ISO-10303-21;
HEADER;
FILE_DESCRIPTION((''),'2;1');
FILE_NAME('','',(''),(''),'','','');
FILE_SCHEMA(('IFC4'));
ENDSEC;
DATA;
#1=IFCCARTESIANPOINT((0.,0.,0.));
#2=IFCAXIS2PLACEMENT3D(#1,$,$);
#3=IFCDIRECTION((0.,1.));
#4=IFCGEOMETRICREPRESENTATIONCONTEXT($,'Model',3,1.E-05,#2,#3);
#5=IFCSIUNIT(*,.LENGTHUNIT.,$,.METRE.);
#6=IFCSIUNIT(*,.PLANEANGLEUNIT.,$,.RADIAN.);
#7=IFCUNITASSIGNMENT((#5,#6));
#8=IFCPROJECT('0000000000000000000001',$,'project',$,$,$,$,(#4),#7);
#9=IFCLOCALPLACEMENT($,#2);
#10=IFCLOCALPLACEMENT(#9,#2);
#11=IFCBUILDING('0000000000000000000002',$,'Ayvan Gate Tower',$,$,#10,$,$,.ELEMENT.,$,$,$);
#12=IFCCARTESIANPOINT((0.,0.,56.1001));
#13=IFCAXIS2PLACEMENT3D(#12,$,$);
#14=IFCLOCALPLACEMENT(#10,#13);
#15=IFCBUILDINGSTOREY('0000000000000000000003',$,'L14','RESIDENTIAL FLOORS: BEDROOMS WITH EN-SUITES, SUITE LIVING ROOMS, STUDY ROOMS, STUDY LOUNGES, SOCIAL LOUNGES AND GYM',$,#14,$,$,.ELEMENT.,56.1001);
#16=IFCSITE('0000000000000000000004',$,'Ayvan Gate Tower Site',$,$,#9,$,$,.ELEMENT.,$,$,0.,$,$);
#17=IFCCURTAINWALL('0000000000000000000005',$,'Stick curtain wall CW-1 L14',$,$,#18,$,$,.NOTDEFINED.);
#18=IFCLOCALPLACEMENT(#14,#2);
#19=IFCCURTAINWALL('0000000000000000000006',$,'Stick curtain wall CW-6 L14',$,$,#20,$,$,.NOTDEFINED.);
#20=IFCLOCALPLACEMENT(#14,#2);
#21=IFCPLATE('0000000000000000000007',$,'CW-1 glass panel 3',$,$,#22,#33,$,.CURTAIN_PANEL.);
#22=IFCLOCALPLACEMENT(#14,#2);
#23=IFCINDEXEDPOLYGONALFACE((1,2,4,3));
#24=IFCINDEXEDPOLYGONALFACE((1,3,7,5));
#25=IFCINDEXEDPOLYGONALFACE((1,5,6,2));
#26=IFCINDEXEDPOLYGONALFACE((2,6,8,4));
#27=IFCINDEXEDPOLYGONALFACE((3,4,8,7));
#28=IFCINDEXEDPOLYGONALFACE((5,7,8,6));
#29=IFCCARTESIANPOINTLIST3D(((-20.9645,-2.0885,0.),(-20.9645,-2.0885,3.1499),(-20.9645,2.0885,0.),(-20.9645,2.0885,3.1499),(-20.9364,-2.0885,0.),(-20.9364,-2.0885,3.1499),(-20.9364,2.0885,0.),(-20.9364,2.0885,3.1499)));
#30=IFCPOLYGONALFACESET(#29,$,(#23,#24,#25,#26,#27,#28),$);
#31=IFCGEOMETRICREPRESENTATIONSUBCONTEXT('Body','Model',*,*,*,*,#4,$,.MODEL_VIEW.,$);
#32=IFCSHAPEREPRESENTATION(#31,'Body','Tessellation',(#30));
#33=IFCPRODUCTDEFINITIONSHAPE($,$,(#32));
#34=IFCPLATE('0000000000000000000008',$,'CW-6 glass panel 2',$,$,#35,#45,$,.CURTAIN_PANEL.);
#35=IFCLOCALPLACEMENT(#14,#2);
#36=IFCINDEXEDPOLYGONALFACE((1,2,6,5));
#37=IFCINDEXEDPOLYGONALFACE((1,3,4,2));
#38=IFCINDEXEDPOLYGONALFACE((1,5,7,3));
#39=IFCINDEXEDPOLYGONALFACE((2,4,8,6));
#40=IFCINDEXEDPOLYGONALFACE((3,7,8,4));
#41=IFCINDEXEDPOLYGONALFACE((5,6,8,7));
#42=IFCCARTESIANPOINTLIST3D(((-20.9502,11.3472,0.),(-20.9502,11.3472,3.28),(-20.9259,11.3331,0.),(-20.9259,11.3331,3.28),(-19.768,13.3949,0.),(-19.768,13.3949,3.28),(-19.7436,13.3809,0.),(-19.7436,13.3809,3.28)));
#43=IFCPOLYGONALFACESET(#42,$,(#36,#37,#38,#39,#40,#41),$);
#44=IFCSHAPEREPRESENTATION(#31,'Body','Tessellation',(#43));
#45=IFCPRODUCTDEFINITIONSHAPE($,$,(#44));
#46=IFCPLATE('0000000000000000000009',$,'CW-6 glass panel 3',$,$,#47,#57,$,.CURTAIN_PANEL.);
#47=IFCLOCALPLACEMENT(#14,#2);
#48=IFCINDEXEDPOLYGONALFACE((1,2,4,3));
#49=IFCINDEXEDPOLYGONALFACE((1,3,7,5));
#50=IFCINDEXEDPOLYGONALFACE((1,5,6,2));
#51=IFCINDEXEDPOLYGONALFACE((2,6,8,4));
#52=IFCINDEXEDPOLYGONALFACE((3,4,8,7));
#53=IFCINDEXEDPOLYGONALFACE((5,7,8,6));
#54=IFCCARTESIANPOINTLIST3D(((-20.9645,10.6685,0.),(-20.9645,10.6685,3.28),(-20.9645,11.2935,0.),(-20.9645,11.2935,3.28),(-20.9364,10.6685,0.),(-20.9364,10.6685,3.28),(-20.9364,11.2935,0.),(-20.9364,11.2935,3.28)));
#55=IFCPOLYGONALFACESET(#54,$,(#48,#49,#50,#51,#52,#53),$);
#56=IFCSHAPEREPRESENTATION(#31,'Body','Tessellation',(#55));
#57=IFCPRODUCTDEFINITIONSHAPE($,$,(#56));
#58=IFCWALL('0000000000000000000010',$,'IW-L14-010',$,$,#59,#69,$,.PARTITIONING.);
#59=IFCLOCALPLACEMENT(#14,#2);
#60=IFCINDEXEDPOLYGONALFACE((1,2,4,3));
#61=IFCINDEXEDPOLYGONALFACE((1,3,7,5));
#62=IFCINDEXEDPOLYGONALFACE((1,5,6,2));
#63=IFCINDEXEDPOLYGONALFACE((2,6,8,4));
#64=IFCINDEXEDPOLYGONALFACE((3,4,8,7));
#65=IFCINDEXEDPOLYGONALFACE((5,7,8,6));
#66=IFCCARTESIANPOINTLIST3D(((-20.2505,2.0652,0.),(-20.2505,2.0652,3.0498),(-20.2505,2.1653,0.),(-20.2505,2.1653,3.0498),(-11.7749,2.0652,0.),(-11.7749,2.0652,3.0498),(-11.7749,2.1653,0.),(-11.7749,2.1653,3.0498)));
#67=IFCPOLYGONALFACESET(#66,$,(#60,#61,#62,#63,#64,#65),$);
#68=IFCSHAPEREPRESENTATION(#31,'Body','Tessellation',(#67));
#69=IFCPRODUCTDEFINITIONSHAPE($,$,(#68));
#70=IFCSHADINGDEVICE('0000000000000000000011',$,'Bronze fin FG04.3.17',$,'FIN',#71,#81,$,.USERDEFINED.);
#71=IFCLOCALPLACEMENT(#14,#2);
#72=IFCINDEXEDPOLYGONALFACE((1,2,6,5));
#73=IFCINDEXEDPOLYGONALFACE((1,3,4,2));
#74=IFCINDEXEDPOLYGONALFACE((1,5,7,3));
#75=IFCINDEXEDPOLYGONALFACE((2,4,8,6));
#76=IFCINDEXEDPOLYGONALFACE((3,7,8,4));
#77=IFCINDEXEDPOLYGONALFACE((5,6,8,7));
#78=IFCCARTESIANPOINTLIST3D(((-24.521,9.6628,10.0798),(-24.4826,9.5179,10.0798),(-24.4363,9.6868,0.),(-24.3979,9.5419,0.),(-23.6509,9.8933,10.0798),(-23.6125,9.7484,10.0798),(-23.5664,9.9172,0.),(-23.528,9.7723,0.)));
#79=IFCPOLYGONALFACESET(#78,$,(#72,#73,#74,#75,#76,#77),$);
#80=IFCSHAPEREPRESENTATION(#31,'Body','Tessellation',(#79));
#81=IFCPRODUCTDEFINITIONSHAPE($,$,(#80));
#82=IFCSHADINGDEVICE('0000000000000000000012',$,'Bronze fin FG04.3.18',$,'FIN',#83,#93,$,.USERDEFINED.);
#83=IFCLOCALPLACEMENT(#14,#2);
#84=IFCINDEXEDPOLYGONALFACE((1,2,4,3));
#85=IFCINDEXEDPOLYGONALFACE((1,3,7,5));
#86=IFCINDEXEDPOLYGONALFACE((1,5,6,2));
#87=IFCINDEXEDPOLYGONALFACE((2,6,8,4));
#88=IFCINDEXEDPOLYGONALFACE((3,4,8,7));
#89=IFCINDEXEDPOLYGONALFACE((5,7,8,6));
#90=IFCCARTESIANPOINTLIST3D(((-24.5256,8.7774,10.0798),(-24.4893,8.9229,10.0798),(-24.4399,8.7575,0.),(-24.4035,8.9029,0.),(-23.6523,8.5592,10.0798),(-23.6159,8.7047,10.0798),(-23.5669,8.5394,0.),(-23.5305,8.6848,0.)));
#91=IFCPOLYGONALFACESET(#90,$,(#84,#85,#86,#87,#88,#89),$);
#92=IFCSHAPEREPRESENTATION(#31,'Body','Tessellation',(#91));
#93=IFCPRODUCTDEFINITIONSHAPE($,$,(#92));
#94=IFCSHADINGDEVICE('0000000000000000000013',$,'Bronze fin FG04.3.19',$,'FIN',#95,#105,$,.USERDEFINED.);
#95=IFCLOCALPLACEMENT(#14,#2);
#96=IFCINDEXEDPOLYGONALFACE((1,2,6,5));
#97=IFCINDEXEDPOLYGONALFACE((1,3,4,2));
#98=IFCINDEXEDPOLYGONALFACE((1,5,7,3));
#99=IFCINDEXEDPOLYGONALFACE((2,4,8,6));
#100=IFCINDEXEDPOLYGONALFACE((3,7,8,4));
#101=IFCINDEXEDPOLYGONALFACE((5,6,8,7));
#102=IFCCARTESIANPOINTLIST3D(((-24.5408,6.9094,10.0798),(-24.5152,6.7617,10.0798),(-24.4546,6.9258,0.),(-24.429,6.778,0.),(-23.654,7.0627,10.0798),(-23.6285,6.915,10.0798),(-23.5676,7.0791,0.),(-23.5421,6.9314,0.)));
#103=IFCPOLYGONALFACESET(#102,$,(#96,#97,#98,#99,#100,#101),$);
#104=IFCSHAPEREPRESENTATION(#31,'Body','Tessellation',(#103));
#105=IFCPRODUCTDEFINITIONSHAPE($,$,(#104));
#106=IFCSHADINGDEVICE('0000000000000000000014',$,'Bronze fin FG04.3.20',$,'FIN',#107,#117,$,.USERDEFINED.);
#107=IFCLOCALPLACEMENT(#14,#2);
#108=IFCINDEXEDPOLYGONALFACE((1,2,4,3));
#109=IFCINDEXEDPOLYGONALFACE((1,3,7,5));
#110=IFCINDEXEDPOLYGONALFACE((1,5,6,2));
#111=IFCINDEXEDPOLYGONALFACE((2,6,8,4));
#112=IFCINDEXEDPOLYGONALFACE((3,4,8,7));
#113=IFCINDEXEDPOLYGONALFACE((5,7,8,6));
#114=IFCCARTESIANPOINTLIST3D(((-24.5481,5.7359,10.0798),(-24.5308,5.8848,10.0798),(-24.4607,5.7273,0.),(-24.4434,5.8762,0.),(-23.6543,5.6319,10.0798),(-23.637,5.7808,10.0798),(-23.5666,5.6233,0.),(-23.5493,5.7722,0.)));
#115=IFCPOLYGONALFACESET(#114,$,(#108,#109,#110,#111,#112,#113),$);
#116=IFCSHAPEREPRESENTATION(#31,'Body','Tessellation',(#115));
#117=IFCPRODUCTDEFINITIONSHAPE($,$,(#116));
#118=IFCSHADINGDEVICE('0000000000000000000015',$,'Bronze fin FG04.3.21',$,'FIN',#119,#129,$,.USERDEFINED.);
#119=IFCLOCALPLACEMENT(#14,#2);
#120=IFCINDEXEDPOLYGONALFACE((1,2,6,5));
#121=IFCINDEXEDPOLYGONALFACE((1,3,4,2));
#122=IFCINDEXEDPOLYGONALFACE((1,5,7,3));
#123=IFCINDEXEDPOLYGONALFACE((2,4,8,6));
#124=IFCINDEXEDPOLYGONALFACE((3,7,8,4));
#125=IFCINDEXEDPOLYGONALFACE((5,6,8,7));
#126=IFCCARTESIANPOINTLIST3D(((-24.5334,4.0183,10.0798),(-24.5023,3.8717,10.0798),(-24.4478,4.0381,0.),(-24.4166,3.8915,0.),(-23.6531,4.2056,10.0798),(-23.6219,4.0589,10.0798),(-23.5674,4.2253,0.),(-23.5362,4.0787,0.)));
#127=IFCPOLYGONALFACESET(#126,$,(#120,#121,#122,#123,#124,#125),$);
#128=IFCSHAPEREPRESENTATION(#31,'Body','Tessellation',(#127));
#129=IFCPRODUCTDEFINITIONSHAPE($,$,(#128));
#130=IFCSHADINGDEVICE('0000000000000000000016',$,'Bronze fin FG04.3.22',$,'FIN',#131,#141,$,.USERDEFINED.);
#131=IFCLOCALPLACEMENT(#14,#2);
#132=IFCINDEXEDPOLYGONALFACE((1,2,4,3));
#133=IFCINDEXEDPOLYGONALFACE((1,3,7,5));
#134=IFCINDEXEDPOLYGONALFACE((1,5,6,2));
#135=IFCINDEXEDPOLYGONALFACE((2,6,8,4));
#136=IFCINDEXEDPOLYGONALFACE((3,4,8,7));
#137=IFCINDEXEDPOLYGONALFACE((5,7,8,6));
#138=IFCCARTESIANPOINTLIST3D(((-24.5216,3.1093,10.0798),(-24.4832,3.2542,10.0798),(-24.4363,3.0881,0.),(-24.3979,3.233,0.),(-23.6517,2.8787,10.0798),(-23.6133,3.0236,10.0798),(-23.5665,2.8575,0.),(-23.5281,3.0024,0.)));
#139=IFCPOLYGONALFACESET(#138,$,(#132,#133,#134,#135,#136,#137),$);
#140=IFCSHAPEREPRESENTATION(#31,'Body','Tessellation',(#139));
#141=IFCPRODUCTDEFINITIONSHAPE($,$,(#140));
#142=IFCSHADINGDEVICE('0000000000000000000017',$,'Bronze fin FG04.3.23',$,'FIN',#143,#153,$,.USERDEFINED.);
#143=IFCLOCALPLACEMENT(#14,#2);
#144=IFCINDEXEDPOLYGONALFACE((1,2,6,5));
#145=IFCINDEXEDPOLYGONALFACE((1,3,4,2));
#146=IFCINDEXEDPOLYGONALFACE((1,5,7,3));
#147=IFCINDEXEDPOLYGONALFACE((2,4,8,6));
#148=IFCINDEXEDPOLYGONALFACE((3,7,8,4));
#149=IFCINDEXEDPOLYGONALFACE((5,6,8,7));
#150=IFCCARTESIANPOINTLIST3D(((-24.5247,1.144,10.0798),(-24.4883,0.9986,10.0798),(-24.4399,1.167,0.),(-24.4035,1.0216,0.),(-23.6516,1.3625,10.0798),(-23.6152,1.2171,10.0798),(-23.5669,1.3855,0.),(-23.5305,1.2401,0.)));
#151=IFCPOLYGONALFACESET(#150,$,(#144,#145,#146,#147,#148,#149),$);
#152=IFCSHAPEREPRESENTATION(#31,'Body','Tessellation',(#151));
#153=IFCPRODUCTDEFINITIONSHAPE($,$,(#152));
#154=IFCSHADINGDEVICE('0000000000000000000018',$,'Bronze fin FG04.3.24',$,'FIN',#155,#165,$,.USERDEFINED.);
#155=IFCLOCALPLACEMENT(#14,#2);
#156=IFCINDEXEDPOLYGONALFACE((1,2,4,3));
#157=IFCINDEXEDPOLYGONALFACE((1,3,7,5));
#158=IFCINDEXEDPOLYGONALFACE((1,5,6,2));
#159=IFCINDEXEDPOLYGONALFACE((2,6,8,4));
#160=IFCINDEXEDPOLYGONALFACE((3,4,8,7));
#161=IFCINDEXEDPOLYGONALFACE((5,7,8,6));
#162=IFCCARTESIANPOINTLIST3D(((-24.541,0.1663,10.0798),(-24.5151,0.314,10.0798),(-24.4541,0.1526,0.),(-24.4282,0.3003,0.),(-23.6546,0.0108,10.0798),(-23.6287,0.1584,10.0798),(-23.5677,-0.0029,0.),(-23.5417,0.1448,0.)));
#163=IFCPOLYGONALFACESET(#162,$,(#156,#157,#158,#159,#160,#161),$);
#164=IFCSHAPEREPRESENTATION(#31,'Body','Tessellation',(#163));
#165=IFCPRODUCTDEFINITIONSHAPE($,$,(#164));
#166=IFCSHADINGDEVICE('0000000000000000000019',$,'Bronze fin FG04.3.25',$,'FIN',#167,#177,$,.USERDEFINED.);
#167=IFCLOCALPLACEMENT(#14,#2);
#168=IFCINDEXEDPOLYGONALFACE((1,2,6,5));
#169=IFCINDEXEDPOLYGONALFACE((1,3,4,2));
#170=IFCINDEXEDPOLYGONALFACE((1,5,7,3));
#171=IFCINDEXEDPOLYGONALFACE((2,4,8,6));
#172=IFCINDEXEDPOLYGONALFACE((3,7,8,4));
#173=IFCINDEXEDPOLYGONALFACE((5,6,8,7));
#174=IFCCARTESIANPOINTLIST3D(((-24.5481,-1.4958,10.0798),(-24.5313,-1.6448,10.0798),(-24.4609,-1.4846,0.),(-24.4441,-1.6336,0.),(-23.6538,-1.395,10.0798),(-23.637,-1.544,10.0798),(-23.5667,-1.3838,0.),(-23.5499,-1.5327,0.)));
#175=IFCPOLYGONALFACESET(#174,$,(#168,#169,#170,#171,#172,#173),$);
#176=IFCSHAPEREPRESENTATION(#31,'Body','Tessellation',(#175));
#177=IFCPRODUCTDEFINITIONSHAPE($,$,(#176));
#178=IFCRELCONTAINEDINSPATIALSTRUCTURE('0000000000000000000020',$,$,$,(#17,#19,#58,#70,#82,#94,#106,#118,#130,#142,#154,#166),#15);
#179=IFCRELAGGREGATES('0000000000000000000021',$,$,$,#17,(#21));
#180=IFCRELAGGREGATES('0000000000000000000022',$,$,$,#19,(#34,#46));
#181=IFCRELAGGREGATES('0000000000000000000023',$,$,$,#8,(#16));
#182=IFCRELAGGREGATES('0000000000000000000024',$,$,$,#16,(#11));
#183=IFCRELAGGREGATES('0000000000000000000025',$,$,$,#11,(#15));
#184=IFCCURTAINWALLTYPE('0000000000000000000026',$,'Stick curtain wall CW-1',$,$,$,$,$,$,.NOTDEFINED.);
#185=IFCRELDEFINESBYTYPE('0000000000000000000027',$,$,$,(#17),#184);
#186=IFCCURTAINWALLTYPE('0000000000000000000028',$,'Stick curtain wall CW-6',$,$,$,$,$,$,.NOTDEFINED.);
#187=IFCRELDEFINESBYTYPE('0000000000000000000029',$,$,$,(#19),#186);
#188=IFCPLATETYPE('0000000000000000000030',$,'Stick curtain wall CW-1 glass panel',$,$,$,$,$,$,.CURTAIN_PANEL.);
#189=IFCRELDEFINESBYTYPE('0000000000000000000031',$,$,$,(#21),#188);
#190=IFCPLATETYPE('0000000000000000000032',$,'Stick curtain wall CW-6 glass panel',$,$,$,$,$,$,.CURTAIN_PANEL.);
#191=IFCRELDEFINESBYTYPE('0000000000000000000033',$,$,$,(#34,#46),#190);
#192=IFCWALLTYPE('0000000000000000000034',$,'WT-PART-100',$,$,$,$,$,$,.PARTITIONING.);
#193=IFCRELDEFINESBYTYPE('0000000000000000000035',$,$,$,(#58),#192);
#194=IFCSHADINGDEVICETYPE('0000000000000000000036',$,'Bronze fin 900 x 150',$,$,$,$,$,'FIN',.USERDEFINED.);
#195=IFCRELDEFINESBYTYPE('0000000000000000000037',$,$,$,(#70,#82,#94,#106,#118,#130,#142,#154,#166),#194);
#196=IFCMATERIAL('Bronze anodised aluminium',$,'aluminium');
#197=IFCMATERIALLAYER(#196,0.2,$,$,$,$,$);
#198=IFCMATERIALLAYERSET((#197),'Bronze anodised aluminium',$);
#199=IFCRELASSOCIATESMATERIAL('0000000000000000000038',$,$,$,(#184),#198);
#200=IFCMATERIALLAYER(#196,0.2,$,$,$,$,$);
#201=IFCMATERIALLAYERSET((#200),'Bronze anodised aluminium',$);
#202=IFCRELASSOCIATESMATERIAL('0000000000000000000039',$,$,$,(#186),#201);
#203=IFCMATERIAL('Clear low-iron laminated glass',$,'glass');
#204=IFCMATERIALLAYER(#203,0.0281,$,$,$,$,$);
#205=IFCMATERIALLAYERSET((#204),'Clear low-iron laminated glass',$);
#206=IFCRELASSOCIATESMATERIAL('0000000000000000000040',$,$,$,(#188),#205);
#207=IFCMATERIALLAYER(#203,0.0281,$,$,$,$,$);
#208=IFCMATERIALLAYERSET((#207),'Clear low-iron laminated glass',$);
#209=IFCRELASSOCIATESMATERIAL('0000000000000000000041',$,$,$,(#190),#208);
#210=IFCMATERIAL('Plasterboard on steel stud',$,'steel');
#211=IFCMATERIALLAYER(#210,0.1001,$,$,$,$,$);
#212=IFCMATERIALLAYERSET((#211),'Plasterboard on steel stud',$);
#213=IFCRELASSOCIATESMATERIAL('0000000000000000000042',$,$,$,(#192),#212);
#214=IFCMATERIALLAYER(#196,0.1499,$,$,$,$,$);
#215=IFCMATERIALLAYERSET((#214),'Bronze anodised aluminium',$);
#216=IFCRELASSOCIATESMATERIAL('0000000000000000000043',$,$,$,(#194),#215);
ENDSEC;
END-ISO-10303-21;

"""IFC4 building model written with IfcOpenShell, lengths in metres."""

from ifc_helpers import new_model, si_unit, direction, frame, frame_2d, origin, origin_2d, place, context, subcontext, project, spatial, polyline, rectangle, outline, extrude, material, layer, layer_set, type_object, element, aggregate, save


model = new_model("IFC4")

# Units and contexts
model_context = context("Model", 3, precision=1e-05, world=origin(), true_north=direction((0.0, 1.0)))
body_context = subcontext(model_context, "Body", "Model", "MODEL_VIEW")
ifc_project = project(units=[si_unit("LENGTHUNIT", "METRE"), si_unit("PLANEANGLEUNIT", "RADIAN")], contexts=[model_context])

# Site, building, storey
site_placement = place(None, origin())
site = spatial("IfcSite", under=ifc_project, at=site_placement, Name="Ayvan Gate Tower Site", CompositionType="ELEMENT", RefElevation=0.0)
building_placement = place(site_placement, origin())
building = spatial("IfcBuilding", under=site, at=building_placement, Name="Ayvan Gate Tower", CompositionType="ELEMENT")
storey_placement = place(building_placement, frame((0.0, 0.0, 56.1001)))
storey = spatial("IfcBuildingStorey", under=building, at=storey_placement, Name="L14", Description="RESIDENTIAL FLOORS: BEDROOMS WITH EN-SUITES, SUITE LIVING ROOMS, STUDY ROOMS, STUDY LOUNGES, SOCIAL LOUNGES AND GYM", CompositionType="ELEMENT", Elevation=56.1001)

# Curtain walls
ifc_material_1 = material(Name="Bronze anodised aluminium", Category="aluminium")
ifc_layer_1 = layer(ifc_material_1, 0.2)
ifc_layer_set_1 = layer_set([ifc_layer_1], Name="Bronze anodised aluminium")
curtain_wall_type_1 = type_object("IfcCurtainWallType", Name="Stick curtain wall CW-1", PredefinedType="NOTDEFINED", material=ifc_layer_set_1)
curtain_wall_1_placement = place(storey_placement, origin())
curtain_wall_1 = element("IfcCurtainWall", 1, at=curtain_wall_1_placement, inside=storey, type_object=curtain_wall_type_1, Name="Stick curtain wall CW-1 L14", PredefinedType="NOTDEFINED")
ifc_layer_2 = layer(ifc_material_1, 0.2)
ifc_layer_set_2 = layer_set([ifc_layer_2], Name="Bronze anodised aluminium")
curtain_wall_type_2 = type_object("IfcCurtainWallType", Name="Stick curtain wall CW-6", PredefinedType="NOTDEFINED", material=ifc_layer_set_2)
curtain_wall_2_placement = place(storey_placement, origin())
curtain_wall_2 = element("IfcCurtainWall", 2, at=curtain_wall_2_placement, inside=storey, type_object=curtain_wall_type_2, Name="Stick curtain wall CW-6 L14", PredefinedType="NOTDEFINED")

# Plates
ifc_material_2 = material(Name="Clear low-iron laminated glass", Category="glass")
ifc_layer_3 = layer(ifc_material_2, 0.0281)
ifc_layer_set_3 = layer_set([ifc_layer_3], Name="Clear low-iron laminated glass")
plate_type_1 = type_object("IfcPlateType", Name="Stick curtain wall CW-1 glass panel", PredefinedType="CURTAIN_PANEL", material=ifc_layer_set_3)
plate_1_placement = place(storey_placement, frame((-20.9504, 0.0, 0.0), z_axis=(0.0, 0.0, 1.0), x_axis=(0.0, -1.0, 0.0)))
plate_1 = element("IfcPlate", 3, at=plate_1_placement, type_object=plate_type_1, Name="CW-1 glass panel 3", PredefinedType="CURTAIN_PANEL", context=body_context, shape_type="SweptSolid", body=[
    extrude(rectangle(XDim=4.177, YDim=0.0281, at=origin_2d()), origin(), (0.0, 0.0, 1.0), 3.1499),
])
aggregate(curtain_wall_1, [plate_1])
ifc_layer_4 = layer(ifc_material_2, 0.0281)
ifc_layer_set_4 = layer_set([ifc_layer_4], Name="Clear low-iron laminated glass")
plate_type_2 = type_object("IfcPlateType", Name="Stick curtain wall CW-6 glass panel", PredefinedType="CURTAIN_PANEL", material=ifc_layer_set_4)
plate_2_placement = place(storey_placement, frame((-20.3469, 12.364, 0.0), z_axis=(0.0, 0.0, 1.0), x_axis=(-0.5, -0.866025, 0.0)))
plate_2 = element("IfcPlate", 4, at=plate_2_placement, type_object=plate_type_2, Name="CW-6 glass panel 2", PredefinedType="CURTAIN_PANEL", context=body_context, shape_type="SweptSolid", body=[
    extrude(rectangle(XDim=2.3645, YDim=0.0281, at=origin_2d()), origin(), (0.0, 0.0, 1.0), 3.28),
])
plate_3_placement = place(storey_placement, frame((-20.9504, 10.981, 0.0), z_axis=(0.0, 0.0, 1.0), x_axis=(0.0, -1.0, 0.0)))
plate_3 = element("IfcPlate", 5, at=plate_3_placement, type_object=plate_type_2, Name="CW-6 glass panel 3", PredefinedType="CURTAIN_PANEL", context=body_context, shape_type="SweptSolid", body=[
    extrude(rectangle(XDim=0.625, YDim=0.0281, at=origin_2d()), origin(), (0.0, 0.0, 1.0), 3.28),
])
aggregate(curtain_wall_2, [plate_2, plate_3])

# Wall
ifc_material_3 = material(Name="Plasterboard on steel stud", Category="steel")
ifc_layer_5 = layer(ifc_material_3, 0.1001)
ifc_layer_set_5 = layer_set([ifc_layer_5], Name="Plasterboard on steel stud")
wall_type = type_object("IfcWallType", Name="WT-PART-100", PredefinedType="PARTITIONING", material=ifc_layer_set_5)
wall_placement = place(storey_placement, frame((-20.2505, 2.1152, 0.0), z_axis=(0.0, 0.0, 1.0), x_axis=(1.0, 0.0, 0.0)))
element("IfcWall", 6, at=wall_placement, inside=storey, type_object=wall_type, Name="IW-L14-010", PredefinedType="PARTITIONING", context=body_context, shape_type="SweptSolid", body=[
    extrude(rectangle(XDim=8.4756, YDim=0.1001, at=frame_2d((4.2378, 0.0))), origin(), (0.0, 0.0, 1.0), 3.0498),
])

# Shading devices
ifc_layer_6 = layer(ifc_material_1, 0.1499)
ifc_layer_set_6 = layer_set([ifc_layer_6], Name="Bronze anodised aluminium")
shading_device_type = type_object("IfcShadingDeviceType", Name="Bronze fin 900 x 150", ElementType="FIN", PredefinedType="USERDEFINED", material=ifc_layer_set_6)
shading_device_1_placement = place(storey_placement, frame((-23.5664, 9.9172, 0.0), z_axis=(-0.256075, 0.966657, 0.000145), x_axis=(-0.966657, -0.256075, 0.0)))
element("IfcShadingDevice", 7, at=shading_device_1_placement, inside=storey, type_object=shading_device_type, Name="Bronze fin FG04.3.17", ObjectType="FIN", PredefinedType="USERDEFINED", context=body_context, shape_type="SweptSolid", body=[
    extrude(outline(polyline([(0.0, 0.0), (0.8999, 0.0), (0.9879, 10.0798), (0.0878, 10.0798), (0.0, 0.0)])), origin(), (0.0, 0.0, -1.0), 0.1499),
])
shading_device_2_placement = place(storey_placement, frame((-23.5305, 8.6848, 0.0), z_axis=(0.242376, 0.970182, 0.000142), x_axis=(-0.970182, 0.242376, 0.0)))
element("IfcShadingDevice", 8, at=shading_device_2_placement, inside=storey, type_object=shading_device_type, Name="Bronze fin FG04.3.18", ObjectType="FIN", PredefinedType="USERDEFINED", context=body_context, shape_type="SweptSolid", body=[
    extrude(outline(polyline([(0.0, 0.0), (0.8999, 0.0), (0.9878, 10.0798), (0.0877, 10.0798), (0.0, 0.0)])), origin(), (0.0, 0.0, -1.0), 0.1499),
])
shading_device_3_placement = place(storey_placement, frame((-23.5676, 7.0791, 0.0), z_axis=(-0.170357, 0.985382, 0.00014), x_axis=(-0.985382, -0.170357, 0.0)))
element("IfcShadingDevice", 9, at=shading_device_3_placement, inside=storey, type_object=shading_device_type, Name="Bronze fin FG04.3.19", ObjectType="FIN", PredefinedType="USERDEFINED", context=body_context, shape_type="SweptSolid", body=[
    extrude(outline(polyline([(0.0, 0.0), (0.9001, 0.0), (0.9878, 10.0798), (0.0879, 10.0798), (0.0, 0.0)])), origin(), (0.0, 0.0, -1.0), 0.1499),
])
shading_device_4_placement = place(storey_placement, frame((-23.5493, 5.7722, 0.0), z_axis=(0.115566, 0.9933, 0.000161), x_axis=(-0.9933, 0.115566, 0.0)))
element("IfcShadingDevice", 10, at=shading_device_4_placement, inside=storey, type_object=shading_device_type, Name="Bronze fin FG04.3.20", ObjectType="FIN", PredefinedType="USERDEFINED", context=body_context, shape_type="SweptSolid", body=[
    extrude(outline(polyline([(0.0, 0.0), (0.9001, 0.0), (0.9879, 10.0798), (0.088, 10.0798), (0.0, 0.0)])), origin(), (0.0, 0.0, -1.0), 0.1499),
])
shading_device_5_placement = place(storey_placement, frame((-23.5674, 4.2253, 0.0), z_axis=(-0.208047, 0.978119, 0.00015), x_axis=(-0.978119, -0.208047, 0.0)))
element("IfcShadingDevice", 11, at=shading_device_5_placement, inside=storey, type_object=shading_device_type, Name="Bronze fin FG04.3.21", ObjectType="FIN", PredefinedType="USERDEFINED", context=body_context, shape_type="SweptSolid", body=[
    extrude(outline(polyline([(0.0, 0.0), (0.9001, 0.0), (0.988, 10.0798), (0.0879, 10.0798), (0.0, 0.0)])), origin(), (0.0, 0.0, -1.0), 0.1499),
])
shading_device_6_placement = place(storey_placement, frame((-23.5281, 3.0024, 0.0), z_axis=(0.256236, 0.966614, 0.000141), x_axis=(-0.966614, 0.256236, 0.0)))
element("IfcShadingDevice", 12, at=shading_device_6_placement, inside=storey, type_object=shading_device_type, Name="Bronze fin FG04.3.22", ObjectType="FIN", PredefinedType="USERDEFINED", context=body_context, shape_type="SweptSolid", body=[
    extrude(outline(polyline([(0.0, 0.0), (0.8999, 0.0), (0.9877, 10.0798), (0.0877, 10.0798), (0.0, 0.0)])), origin(), (0.0, 0.0, -1.0), 0.1499),
])
shading_device_7_placement = place(storey_placement, frame((-23.5669, 1.3855, 0.0), z_axis=(-0.242791, 0.970079, 0.000168), x_axis=(-0.970079, -0.242791, 0.0)))
element("IfcShadingDevice", 13, at=shading_device_7_placement, inside=storey, type_object=shading_device_type, Name="Bronze fin FG04.3.23", ObjectType="FIN", PredefinedType="USERDEFINED", context=body_context, shape_type="SweptSolid", body=[
    extrude(outline(polyline([(0.0, 0.0), (0.9, 0.0), (0.9877, 10.0798), (0.0878, 10.0798), (0.0, 0.0)])), origin(), (0.0, 0.0, -1.0), 0.1499),
])
shading_device_8_placement = place(storey_placement, frame((-23.5417, 0.1448, 0.0), z_axis=(0.172795, 0.984958, 0.000154), x_axis=(-0.984958, 0.172795, 0.0)))
element("IfcShadingDevice", 14, at=shading_device_8_placement, inside=storey, type_object=shading_device_type, Name="Bronze fin FG04.3.24", ObjectType="FIN", PredefinedType="USERDEFINED", context=body_context, shape_type="SweptSolid", body=[
    extrude(outline(polyline([(0.0, 0.0), (0.9, 0.0), (0.988, 10.0798), (0.088, 10.0798), (0.0, 0.0)])), origin(), (0.0, 0.0, -1.0), 0.1499),
])
shading_device_9_placement = place(storey_placement, frame((-23.5667, -1.3838, 0.0), z_axis=(-0.112039, 0.993704, 0.000138), x_axis=(-0.993704, -0.112039, 0.0)))
element("IfcShadingDevice", 15, at=shading_device_9_placement, inside=storey, type_object=shading_device_type, Name="Bronze fin FG04.3.25", ObjectType="FIN", PredefinedType="USERDEFINED", context=body_context, shape_type="SweptSolid", body=[
    extrude(outline(polyline([(0.0, 0.0), (0.9, 0.0), (0.9878, 10.0798), (0.0879, 10.0798), (0.0, 0.0)])), origin(), (0.0, 0.0, -1.0), 0.1499),
])

save(model, "model.ifc")
